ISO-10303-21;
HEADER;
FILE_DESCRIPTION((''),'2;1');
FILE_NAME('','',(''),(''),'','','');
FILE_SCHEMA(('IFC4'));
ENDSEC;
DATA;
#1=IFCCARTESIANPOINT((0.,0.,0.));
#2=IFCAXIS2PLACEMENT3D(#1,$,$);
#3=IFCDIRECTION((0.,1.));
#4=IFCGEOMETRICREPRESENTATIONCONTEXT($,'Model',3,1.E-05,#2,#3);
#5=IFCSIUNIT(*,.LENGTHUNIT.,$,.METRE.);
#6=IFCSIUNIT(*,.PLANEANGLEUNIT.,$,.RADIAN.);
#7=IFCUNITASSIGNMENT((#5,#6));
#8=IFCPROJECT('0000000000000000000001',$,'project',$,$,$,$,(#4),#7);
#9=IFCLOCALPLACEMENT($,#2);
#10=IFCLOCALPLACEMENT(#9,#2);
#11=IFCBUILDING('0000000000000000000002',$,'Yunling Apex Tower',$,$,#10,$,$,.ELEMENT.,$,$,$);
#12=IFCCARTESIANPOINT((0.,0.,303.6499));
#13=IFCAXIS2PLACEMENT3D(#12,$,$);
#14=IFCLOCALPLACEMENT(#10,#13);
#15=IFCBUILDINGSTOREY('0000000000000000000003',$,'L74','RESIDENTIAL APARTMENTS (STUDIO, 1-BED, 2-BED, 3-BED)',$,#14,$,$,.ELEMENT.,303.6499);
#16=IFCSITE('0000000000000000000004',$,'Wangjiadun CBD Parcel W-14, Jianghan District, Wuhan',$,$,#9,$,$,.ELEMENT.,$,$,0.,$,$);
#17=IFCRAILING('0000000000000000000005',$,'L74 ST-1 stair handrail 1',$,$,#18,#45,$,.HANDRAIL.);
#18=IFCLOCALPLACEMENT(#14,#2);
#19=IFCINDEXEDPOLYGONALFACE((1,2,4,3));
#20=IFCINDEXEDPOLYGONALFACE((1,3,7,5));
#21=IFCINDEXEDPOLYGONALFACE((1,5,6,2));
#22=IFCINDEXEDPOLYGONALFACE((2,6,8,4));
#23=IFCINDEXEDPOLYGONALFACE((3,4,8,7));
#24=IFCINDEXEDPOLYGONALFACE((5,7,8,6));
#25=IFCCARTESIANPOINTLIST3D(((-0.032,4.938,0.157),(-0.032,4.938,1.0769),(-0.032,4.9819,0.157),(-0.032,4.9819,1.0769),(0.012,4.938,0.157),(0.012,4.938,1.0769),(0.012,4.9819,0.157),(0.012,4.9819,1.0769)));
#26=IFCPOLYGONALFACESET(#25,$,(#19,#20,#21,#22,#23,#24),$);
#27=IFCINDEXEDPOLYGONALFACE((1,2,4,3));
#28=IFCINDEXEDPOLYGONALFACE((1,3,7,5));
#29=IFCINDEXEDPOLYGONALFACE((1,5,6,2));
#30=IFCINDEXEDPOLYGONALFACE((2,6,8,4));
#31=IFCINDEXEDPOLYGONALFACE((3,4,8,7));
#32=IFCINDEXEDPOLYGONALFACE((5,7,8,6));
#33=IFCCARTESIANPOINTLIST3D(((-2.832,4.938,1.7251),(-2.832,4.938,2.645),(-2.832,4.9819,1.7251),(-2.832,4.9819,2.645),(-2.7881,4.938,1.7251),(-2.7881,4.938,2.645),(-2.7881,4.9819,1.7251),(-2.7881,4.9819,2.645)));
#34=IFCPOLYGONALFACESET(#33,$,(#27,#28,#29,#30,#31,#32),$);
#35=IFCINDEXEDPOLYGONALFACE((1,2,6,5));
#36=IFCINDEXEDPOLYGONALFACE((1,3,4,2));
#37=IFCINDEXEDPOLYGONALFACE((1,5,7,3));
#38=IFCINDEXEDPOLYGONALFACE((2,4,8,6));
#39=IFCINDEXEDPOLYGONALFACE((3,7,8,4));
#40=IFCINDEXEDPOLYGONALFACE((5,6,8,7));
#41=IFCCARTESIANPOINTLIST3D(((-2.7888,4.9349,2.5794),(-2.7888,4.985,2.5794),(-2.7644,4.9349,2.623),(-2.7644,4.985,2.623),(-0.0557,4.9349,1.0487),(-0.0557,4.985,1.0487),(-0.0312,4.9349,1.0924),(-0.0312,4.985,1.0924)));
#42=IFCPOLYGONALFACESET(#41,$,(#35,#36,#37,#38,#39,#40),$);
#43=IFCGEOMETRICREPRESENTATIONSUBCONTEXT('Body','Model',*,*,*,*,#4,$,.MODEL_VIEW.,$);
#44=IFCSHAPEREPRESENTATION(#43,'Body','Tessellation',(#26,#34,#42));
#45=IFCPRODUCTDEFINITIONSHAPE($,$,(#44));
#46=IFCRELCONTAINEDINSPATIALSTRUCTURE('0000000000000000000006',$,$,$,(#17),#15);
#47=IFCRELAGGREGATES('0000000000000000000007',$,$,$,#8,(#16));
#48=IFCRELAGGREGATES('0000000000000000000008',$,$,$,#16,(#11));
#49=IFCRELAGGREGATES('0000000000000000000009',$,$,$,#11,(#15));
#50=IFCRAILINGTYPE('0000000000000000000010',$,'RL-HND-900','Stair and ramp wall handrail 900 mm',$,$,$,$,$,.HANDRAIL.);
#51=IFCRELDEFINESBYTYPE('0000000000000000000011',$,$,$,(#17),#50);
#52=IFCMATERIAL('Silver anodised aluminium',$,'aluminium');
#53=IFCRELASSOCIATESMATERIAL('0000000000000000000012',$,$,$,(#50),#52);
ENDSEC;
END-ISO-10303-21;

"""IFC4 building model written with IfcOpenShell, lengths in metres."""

from ifc_helpers import new_model, si_unit, direction, frame, origin, origin_2d, place, context, subcontext, project, spatial, rectangle, extrude, material, type_object, element, save


model = new_model("IFC4")

# Units and contexts
model_context = context("Model", 3, precision=1e-05, world=origin(), true_north=direction((0.0, 1.0)))
body_context = subcontext(model_context, "Body", "Model", "MODEL_VIEW")
ifc_project = project(units=[si_unit("LENGTHUNIT", "METRE"), si_unit("PLANEANGLEUNIT", "RADIAN")], contexts=[model_context])

# Site, building, storey
site_placement = place(None, origin())
site = spatial("IfcSite", under=ifc_project, at=site_placement, Name="Wangjiadun CBD Parcel W-14, Jianghan District, Wuhan", CompositionType="ELEMENT", RefElevation=0.0)
building_placement = place(site_placement, origin())
building = spatial("IfcBuilding", under=site, at=building_placement, Name="Yunling Apex Tower", CompositionType="ELEMENT")
storey_placement = place(building_placement, frame((0.0, 0.0, 303.6499)))
storey = spatial("IfcBuildingStorey", under=building, at=storey_placement, Name="L74", Description="RESIDENTIAL APARTMENTS (STUDIO, 1-BED, 2-BED, 3-BED)", CompositionType="ELEMENT", Elevation=303.6499)

# Railing
ifc_material_1 = material(Name="Silver anodised aluminium", Category="aluminium")
railing_type_1 = type_object("IfcRailingType", Name="RL-HND-900", Description="Stair and ramp wall handrail 900 mm", PredefinedType="HANDRAIL", material=ifc_material_1)
railing_1_placement = place(storey_placement, frame((-0.01, 4.96, 0.157)))
element("IfcRailing", 1, at=railing_1_placement, inside=storey, type_object=railing_type_1, Name="L74 ST-1 stair handrail 1", PredefinedType="HANDRAIL", context=body_context, shape_type="SweptSolid", body=[
    extrude(rectangle(XDim=0.0439, YDim=0.0439, at=origin_2d()), origin(), (0.0, 0.0, 1.0), 0.9199),
    extrude(rectangle(XDim=0.0439, YDim=0.0439, at=origin_2d()), frame((-2.8, 0.0, 1.5681)), (0.0, 0.0, 1.0), 0.9199),
    extrude(rectangle(XDim=0.05, YDim=0.05, at=origin_2d()), frame((-0.0334, 0.0, 0.9136), z_axis=(-0.872494, 0.0, 0.488624), x_axis=(0.0, -1.0, 0.0)), (0.0, 0.0, 1.0), 3.1326),
])

save(model, "model.ifc")
